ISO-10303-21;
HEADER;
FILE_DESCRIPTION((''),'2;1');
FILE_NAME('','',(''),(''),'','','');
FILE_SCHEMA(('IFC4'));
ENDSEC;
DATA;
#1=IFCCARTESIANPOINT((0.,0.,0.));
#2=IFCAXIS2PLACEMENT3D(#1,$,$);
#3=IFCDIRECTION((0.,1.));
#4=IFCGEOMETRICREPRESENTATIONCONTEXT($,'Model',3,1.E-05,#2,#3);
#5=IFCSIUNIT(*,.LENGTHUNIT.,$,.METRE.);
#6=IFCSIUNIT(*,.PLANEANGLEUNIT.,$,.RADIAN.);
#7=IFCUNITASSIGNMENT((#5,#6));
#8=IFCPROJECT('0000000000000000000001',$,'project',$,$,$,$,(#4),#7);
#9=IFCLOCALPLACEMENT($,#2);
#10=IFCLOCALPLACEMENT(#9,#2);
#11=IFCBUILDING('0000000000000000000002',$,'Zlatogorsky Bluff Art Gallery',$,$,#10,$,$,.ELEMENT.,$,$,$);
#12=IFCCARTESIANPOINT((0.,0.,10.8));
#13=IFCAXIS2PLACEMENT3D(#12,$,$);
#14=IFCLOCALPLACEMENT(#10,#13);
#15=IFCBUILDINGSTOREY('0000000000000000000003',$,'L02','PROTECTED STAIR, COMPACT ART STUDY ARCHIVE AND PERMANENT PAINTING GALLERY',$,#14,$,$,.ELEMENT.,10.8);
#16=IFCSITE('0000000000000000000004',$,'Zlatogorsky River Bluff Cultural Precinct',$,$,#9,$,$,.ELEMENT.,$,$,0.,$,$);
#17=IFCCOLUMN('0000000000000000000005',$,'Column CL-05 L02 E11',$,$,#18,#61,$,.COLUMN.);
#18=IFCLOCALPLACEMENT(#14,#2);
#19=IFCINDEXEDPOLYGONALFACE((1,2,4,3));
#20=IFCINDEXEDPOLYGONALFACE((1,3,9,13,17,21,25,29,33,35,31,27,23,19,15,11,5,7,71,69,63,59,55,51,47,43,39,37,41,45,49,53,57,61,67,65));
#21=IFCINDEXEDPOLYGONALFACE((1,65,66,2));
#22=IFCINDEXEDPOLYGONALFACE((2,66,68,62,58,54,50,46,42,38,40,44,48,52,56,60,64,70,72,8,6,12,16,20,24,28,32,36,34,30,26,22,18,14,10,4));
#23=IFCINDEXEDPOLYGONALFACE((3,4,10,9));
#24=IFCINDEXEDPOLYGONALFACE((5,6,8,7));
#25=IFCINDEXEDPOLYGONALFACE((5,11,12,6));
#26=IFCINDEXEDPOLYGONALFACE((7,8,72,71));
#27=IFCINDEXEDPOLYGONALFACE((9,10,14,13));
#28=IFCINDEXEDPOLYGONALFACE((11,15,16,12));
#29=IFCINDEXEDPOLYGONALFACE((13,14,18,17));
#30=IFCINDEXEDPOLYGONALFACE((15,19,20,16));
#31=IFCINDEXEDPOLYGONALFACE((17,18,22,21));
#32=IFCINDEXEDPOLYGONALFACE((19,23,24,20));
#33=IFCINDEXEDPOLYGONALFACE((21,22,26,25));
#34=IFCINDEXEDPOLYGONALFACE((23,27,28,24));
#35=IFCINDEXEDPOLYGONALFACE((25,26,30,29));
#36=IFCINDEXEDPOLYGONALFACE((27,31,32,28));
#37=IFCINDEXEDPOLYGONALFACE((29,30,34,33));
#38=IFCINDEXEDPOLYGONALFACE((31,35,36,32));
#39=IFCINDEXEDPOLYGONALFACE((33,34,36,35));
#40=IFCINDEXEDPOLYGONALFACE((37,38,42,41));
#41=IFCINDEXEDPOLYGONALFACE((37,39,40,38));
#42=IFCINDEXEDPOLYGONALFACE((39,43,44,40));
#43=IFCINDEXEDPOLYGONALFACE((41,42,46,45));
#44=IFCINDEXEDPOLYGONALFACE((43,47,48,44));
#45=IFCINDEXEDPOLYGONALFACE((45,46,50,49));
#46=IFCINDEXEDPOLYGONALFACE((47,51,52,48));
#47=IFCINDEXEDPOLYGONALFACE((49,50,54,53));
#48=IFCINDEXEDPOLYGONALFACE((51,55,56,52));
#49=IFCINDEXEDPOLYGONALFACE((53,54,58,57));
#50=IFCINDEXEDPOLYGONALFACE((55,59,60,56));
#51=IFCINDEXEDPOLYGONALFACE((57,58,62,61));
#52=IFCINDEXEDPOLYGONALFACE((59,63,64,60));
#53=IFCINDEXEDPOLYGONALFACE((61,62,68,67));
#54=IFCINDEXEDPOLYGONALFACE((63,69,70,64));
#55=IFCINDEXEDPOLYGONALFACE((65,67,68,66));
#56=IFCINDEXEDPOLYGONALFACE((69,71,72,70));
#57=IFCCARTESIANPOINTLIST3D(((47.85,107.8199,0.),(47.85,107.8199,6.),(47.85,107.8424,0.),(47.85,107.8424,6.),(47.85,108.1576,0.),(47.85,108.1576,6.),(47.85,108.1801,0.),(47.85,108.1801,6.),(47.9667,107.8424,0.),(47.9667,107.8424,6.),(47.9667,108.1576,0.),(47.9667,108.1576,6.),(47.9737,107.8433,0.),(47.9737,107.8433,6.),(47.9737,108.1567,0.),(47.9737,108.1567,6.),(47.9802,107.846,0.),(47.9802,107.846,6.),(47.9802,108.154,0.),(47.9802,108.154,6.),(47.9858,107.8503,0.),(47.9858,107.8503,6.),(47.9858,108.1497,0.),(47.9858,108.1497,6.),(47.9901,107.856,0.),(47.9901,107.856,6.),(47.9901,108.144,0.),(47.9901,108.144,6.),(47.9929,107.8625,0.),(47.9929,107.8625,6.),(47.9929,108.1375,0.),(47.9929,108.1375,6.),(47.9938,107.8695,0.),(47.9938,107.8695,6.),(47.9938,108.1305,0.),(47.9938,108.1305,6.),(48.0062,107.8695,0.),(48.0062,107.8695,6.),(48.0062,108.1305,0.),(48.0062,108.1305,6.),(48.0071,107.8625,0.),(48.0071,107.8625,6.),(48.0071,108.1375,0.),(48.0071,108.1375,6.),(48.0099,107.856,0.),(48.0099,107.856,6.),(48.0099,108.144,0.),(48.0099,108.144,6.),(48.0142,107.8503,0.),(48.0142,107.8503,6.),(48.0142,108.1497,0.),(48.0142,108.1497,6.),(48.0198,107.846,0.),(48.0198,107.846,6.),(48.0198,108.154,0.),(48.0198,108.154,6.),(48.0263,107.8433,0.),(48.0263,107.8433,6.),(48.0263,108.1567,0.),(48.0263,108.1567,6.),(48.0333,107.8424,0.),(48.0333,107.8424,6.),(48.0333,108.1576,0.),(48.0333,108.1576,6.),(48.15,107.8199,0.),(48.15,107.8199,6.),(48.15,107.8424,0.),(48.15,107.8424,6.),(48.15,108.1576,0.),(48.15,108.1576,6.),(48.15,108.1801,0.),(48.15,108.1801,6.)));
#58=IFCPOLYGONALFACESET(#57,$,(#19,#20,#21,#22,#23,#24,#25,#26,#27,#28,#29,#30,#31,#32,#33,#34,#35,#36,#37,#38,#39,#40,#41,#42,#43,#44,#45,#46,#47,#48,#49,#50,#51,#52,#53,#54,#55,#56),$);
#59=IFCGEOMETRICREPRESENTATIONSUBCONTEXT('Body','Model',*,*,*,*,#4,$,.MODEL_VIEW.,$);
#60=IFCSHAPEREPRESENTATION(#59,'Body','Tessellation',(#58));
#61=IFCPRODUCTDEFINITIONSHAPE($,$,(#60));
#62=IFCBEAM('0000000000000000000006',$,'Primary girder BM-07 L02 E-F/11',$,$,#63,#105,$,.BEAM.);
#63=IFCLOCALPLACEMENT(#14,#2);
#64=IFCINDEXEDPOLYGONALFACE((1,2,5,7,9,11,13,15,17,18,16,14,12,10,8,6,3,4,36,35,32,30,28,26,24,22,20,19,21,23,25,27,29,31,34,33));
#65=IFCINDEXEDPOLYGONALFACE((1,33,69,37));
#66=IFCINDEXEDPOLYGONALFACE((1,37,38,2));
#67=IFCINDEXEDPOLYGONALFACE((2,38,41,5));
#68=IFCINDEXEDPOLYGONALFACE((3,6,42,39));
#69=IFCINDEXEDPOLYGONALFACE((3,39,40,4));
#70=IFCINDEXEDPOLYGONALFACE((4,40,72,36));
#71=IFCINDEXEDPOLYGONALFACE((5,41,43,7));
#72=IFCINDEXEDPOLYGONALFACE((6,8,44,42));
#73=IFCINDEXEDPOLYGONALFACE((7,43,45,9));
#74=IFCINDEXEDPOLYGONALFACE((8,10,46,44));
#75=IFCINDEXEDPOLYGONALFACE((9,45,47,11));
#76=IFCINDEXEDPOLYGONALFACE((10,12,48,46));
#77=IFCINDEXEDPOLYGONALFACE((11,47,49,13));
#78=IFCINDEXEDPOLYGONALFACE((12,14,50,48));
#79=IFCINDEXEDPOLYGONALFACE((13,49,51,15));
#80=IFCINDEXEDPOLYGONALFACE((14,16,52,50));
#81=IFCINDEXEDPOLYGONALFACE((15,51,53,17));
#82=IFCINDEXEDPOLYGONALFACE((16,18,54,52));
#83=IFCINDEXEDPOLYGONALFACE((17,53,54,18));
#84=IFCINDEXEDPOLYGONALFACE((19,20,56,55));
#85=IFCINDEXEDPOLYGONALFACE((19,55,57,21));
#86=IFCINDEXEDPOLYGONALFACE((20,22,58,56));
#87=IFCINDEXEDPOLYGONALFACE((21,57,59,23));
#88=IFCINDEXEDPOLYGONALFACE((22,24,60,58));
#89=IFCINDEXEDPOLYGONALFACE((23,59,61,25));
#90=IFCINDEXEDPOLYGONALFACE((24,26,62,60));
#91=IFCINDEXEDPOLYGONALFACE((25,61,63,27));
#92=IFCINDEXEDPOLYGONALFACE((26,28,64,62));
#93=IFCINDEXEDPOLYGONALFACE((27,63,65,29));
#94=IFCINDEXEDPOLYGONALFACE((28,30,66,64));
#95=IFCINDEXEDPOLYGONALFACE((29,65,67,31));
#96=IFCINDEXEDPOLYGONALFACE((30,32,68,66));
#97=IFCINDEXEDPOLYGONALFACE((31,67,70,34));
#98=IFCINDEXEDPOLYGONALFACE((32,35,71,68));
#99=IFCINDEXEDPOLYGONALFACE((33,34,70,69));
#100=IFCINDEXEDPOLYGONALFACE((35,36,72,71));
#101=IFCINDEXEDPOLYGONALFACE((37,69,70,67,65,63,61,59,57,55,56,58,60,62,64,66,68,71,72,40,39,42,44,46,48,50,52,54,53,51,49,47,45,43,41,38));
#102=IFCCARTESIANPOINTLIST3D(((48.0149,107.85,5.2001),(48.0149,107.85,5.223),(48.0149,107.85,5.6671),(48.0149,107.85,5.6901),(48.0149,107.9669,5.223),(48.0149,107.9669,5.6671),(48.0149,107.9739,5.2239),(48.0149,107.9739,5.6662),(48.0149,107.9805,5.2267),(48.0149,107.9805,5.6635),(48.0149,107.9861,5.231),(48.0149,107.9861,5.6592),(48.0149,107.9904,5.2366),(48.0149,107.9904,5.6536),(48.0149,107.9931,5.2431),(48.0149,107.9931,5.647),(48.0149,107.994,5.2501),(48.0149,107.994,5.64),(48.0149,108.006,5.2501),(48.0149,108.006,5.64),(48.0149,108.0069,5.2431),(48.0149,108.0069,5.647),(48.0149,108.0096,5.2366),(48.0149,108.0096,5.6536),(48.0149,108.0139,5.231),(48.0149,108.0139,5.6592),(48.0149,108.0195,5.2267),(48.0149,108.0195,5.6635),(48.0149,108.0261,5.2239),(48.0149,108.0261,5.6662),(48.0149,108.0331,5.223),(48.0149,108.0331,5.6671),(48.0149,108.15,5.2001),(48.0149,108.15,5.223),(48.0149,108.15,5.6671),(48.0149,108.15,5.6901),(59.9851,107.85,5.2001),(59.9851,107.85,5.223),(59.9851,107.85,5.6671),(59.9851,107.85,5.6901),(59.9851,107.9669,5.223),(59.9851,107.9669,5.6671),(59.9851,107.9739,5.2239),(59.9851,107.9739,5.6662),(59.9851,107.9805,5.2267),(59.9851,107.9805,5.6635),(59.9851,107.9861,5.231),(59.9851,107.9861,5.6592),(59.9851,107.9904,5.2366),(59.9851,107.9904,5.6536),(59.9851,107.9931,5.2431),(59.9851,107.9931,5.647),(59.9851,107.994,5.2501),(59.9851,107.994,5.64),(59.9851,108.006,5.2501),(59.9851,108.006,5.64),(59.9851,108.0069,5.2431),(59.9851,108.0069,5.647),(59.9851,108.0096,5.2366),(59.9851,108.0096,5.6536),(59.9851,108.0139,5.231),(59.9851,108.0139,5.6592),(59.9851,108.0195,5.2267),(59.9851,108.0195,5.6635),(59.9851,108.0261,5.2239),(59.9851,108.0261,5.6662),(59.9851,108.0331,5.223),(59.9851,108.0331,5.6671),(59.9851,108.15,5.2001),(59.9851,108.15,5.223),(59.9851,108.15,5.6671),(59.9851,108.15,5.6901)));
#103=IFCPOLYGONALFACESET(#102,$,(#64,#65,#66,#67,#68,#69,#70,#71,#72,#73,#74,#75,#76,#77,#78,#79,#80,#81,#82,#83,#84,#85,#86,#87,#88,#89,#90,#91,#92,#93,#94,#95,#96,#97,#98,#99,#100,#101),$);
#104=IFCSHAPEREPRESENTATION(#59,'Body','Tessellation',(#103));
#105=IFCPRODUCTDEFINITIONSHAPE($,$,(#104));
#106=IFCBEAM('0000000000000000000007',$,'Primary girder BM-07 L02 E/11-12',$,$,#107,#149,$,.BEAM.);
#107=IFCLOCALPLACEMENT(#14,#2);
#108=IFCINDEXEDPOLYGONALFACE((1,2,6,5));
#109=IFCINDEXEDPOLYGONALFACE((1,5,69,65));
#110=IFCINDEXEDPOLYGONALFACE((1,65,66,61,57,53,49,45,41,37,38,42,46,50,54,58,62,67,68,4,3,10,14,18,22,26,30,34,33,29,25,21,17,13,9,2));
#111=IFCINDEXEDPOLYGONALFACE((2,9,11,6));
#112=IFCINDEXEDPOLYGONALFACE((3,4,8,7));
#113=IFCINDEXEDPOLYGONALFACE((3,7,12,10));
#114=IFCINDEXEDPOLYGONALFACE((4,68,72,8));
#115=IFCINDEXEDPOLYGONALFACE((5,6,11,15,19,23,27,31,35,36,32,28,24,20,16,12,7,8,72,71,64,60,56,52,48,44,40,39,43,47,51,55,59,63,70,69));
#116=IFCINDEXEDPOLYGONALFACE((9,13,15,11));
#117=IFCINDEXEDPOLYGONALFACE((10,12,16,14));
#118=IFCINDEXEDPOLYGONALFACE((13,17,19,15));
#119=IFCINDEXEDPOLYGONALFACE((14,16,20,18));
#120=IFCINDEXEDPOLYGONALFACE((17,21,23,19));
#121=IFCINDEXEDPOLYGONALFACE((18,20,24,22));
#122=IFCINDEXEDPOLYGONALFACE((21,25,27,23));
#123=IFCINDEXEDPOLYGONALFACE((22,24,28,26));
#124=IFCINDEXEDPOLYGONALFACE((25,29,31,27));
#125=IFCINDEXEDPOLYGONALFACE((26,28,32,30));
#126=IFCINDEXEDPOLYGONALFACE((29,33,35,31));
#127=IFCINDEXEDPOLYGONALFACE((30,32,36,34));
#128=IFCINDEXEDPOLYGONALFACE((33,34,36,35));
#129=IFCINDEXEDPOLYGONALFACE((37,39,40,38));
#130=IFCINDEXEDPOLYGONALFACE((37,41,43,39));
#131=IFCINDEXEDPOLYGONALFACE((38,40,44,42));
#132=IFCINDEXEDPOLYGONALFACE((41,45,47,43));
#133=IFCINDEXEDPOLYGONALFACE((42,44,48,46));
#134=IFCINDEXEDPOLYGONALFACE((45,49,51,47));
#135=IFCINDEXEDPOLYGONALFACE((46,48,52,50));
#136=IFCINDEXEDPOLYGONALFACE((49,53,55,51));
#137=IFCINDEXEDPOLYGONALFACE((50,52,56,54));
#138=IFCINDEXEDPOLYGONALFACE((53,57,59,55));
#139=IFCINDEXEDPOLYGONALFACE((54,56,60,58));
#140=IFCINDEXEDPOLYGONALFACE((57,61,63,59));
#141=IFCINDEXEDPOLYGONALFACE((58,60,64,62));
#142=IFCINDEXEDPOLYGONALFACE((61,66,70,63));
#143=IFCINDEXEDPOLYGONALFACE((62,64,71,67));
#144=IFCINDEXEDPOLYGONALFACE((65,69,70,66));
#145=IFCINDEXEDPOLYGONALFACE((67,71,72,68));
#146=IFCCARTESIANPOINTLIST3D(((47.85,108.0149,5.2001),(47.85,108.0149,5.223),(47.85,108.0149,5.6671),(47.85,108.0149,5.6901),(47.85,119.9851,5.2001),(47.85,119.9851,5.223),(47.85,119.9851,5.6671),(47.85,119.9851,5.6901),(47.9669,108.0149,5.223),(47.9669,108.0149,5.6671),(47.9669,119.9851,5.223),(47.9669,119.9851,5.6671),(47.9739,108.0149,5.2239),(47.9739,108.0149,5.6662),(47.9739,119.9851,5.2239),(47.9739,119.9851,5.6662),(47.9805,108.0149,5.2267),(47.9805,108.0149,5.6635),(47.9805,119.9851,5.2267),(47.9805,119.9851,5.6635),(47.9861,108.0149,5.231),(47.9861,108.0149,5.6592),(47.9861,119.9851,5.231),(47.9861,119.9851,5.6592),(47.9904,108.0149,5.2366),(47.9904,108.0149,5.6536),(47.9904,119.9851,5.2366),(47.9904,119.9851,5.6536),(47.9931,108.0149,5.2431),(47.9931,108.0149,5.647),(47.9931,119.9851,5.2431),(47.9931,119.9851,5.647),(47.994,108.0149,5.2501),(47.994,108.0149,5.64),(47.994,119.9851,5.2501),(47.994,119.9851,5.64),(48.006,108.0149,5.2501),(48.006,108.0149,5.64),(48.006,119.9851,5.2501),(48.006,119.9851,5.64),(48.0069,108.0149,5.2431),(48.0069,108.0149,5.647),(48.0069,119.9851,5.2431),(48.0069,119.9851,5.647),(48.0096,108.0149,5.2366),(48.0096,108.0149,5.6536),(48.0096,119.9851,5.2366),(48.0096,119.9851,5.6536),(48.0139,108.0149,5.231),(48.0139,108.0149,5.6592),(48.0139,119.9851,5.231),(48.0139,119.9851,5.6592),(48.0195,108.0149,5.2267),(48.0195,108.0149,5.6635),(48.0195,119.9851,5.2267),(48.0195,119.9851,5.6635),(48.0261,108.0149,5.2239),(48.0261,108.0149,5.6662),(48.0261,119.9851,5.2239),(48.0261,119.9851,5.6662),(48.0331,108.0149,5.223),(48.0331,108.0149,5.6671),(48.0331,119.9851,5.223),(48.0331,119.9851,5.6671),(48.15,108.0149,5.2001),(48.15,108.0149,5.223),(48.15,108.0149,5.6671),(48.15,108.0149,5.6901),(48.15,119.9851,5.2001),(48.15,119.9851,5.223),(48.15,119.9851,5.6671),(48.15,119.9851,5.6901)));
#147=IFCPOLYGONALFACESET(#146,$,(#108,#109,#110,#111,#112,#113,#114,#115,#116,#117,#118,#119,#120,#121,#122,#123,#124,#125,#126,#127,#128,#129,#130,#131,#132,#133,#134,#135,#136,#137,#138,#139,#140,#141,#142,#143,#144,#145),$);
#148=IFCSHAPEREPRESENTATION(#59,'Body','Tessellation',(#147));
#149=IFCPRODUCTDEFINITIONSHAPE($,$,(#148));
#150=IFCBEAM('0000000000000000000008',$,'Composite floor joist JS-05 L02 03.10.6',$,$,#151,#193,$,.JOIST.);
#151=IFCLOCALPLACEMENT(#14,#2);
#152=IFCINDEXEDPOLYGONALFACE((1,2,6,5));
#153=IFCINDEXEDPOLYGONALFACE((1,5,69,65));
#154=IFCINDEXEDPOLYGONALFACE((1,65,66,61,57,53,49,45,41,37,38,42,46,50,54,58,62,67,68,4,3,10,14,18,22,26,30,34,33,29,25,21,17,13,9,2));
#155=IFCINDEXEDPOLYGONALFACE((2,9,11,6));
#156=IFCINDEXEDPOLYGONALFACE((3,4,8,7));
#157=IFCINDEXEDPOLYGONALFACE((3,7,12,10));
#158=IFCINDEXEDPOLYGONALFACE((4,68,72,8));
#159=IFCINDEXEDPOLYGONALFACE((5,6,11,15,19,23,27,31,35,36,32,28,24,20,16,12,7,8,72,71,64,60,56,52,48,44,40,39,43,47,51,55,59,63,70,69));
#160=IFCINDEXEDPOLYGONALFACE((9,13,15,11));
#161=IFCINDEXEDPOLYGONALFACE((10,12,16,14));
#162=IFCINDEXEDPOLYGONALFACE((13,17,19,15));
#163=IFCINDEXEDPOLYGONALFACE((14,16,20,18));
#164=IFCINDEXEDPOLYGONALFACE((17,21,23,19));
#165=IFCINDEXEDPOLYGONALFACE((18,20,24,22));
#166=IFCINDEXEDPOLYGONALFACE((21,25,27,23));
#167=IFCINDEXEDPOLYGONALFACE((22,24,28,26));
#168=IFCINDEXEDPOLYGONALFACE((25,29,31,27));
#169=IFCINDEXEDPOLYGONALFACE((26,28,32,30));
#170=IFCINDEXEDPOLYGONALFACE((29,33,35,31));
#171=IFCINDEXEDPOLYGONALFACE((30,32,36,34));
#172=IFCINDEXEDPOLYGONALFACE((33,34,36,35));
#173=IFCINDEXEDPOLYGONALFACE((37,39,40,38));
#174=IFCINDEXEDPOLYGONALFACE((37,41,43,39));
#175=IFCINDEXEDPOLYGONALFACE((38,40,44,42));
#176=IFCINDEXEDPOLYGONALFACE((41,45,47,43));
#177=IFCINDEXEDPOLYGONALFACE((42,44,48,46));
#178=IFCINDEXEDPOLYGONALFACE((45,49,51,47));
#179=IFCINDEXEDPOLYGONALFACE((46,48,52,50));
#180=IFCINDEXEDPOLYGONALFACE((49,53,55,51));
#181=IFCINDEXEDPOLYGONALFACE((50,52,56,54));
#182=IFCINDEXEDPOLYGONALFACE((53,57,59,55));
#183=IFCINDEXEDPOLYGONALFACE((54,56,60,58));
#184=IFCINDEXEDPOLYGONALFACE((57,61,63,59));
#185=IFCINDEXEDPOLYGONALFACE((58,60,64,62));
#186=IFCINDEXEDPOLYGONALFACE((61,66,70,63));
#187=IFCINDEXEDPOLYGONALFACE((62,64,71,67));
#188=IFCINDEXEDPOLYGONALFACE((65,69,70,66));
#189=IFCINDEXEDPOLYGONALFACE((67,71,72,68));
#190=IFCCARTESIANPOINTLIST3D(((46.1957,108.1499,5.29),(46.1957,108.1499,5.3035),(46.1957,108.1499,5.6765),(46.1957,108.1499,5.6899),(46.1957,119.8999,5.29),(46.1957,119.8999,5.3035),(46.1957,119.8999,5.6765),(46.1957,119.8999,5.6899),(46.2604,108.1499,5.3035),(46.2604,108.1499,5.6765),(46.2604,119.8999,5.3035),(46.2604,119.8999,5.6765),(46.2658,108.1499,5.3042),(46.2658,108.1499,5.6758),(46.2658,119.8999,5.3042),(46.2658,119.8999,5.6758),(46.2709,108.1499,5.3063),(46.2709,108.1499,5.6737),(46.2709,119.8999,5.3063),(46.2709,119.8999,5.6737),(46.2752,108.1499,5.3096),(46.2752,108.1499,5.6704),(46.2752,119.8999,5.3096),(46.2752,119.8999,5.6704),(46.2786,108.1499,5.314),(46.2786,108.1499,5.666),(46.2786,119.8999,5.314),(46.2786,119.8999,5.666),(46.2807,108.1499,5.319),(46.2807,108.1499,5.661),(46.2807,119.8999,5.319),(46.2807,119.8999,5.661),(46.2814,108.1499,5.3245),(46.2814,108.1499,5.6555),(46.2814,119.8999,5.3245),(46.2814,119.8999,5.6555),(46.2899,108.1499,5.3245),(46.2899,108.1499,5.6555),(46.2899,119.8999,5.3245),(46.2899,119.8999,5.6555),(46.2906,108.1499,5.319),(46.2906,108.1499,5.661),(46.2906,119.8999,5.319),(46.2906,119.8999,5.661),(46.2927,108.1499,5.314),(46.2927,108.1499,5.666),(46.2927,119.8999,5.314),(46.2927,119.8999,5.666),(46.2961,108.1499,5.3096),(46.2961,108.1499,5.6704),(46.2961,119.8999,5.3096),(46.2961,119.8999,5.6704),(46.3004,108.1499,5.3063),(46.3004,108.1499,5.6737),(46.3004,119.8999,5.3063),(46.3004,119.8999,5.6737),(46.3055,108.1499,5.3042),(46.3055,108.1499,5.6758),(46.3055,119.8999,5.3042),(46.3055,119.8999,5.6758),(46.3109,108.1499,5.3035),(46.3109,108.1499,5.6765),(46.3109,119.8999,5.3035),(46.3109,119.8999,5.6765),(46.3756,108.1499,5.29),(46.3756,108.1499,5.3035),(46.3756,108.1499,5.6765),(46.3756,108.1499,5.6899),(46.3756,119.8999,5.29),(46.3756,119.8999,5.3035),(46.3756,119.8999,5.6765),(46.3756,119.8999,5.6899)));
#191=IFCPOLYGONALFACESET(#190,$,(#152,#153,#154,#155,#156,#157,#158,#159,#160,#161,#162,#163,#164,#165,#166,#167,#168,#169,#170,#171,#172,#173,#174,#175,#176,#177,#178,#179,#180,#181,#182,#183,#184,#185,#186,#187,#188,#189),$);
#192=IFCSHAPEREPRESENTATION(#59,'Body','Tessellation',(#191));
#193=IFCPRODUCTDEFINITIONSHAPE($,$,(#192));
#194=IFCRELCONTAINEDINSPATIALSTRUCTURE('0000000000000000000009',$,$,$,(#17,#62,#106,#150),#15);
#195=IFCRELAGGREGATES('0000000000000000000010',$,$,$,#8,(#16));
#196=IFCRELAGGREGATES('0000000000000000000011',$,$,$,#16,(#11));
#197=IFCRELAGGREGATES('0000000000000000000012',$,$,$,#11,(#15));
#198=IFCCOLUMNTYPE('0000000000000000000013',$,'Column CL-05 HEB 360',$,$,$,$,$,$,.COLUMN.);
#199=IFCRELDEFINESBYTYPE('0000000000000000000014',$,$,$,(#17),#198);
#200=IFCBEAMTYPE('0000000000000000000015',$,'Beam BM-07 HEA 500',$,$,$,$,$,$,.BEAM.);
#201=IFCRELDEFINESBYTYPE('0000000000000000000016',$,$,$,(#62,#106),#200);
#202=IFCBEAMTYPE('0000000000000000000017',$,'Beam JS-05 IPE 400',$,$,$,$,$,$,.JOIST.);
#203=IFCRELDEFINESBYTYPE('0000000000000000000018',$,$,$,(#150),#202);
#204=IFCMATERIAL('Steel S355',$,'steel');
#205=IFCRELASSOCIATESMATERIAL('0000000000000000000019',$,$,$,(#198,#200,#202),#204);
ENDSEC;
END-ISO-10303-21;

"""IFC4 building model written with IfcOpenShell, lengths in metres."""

from ifc_helpers import new_model, si_unit, direction, frame, origin, origin_2d, place, context, subcontext, project, spatial, i_section, extrude, material, material_profile, profile_set, type_object, element, save


model = new_model("IFC4")

# Units and contexts
model_context = context("Model", 3, precision=1e-05, world=origin(), true_north=direction((0.0, 1.0)))
body_context = subcontext(model_context, "Body", "Model", "MODEL_VIEW")
ifc_project = project(units=[si_unit("LENGTHUNIT", "METRE"), si_unit("PLANEANGLEUNIT", "RADIAN")], contexts=[model_context])

# Site, building, storey
site_placement = place(None, origin())
site = spatial("IfcSite", under=ifc_project, at=site_placement, Name="Zlatogorsky River Bluff Cultural Precinct", CompositionType="ELEMENT", RefElevation=0.0)
building_placement = place(site_placement, origin())
building = spatial("IfcBuilding", under=site, at=building_placement, Name="Zlatogorsky Bluff Art Gallery", CompositionType="ELEMENT")
storey_placement = place(building_placement, frame((0.0, 0.0, 10.8)))
storey = spatial("IfcBuildingStorey", under=building, at=storey_placement, Name="L02", Description="PROTECTED STAIR, COMPACT ART STUDY ARCHIVE AND PERMANENT PAINTING GALLERY", CompositionType="ELEMENT", Elevation=10.8)

# Column
ifc_material_1 = material(Name="Steel S355", Category="steel")
ifc_material_profile_1 = material_profile(ifc_material_1, i_section(OverallWidth=0.3, OverallDepth=0.3601, WebThickness=0.0125, FlangeThickness=0.0225, FilletRadius=0.0271, at=origin_2d()), Name="HEB 360")
ifc_profile_set_1 = profile_set([ifc_material_profile_1], Name="Steel S355")
column_type = type_object("IfcColumnType", Name="Column CL-05 HEB 360", PredefinedType="COLUMN", material=ifc_profile_set_1)
column_placement = place(storey_placement, frame((48.0, 108.0, 0.0), z_axis=(0.0, 0.0, 1.0), x_axis=(1.0, 0.0, 0.0)))
element("IfcColumn", 1, at=column_placement, inside=storey, type_object=column_type, Name="Column CL-05 L02 E11", PredefinedType="COLUMN", context=body_context, shape_type="SweptSolid", body=[
    extrude(i_section(OverallWidth=0.3, OverallDepth=0.3601, WebThickness=0.0125, FlangeThickness=0.0225, FilletRadius=0.0271, at=origin_2d()), origin(), (0.0, 0.0, 1.0), 6.0),
])

# Beams
ifc_material_profile_2 = material_profile(ifc_material_1, i_section(OverallWidth=0.3, OverallDepth=0.49, WebThickness=0.012, FlangeThickness=0.0229, FilletRadius=0.0271, at=origin_2d()), Name="HEA 500")
ifc_profile_set_2 = profile_set([ifc_material_profile_2], Name="Steel S355")
beam_type_1 = type_object("IfcBeamType", Name="Beam BM-07 HEA 500", PredefinedType="BEAM", material=ifc_profile_set_2)
for number, where, z_axis, x_axis, name in (
    (2, (48.0149, 108.0, 5.4451), (1.0, 0.0, 0.0), (0.0, 1.0, 0.0), "Primary girder BM-07 L02 E-F/11"),
    (3, (48.0, 108.0149, 5.4451), (0.0, 1.0, 0.0), (-1.0, 0.0, 0.0), "Primary girder BM-07 L02 E/11-12"),
):
    element("IfcBeam", number, at=place(storey_placement, frame(where, z_axis=z_axis, x_axis=x_axis)), inside=storey, type_object=beam_type_1, Name=name, PredefinedType="BEAM", context=body_context, shape_type="SweptSolid", body=[
        extrude(i_section(OverallWidth=0.3, OverallDepth=0.49, WebThickness=0.012, FlangeThickness=0.0229, FilletRadius=0.0271, at=origin_2d()), origin(), (0.0, 0.0, 1.0), 11.9702),
    ])
ifc_material_profile_3 = material_profile(ifc_material_1, i_section(OverallWidth=0.1799, OverallDepth=0.3999, WebThickness=0.0085, FlangeThickness=0.0134, FilletRadius=0.021, at=origin_2d()), Name="IPE 400")
ifc_profile_set_3 = profile_set([ifc_material_profile_3], Name="Steel S355")
beam_type_2 = type_object("IfcBeamType", Name="Beam JS-05 IPE 400", PredefinedType="JOIST", material=ifc_profile_set_3)
for number, where, z_axis, x_axis, name in (
    (4, (46.2856, 108.1499, 5.49), (0.0, 1.0, 0.0), (-1.0, 0.0, 0.0), "Composite floor joist JS-05 L02 03.10.6"),
):
    element("IfcBeam", number, at=place(storey_placement, frame(where, z_axis=z_axis, x_axis=x_axis)), inside=storey, type_object=beam_type_2, Name=name, PredefinedType="JOIST", context=body_context, shape_type="SweptSolid", body=[
        extrude(i_section(OverallWidth=0.1799, OverallDepth=0.3999, WebThickness=0.0085, FlangeThickness=0.0134, FilletRadius=0.021, at=origin_2d()), origin(), (0.0, 0.0, 1.0), 11.75),
    ])

save(model, "model.ifc")
